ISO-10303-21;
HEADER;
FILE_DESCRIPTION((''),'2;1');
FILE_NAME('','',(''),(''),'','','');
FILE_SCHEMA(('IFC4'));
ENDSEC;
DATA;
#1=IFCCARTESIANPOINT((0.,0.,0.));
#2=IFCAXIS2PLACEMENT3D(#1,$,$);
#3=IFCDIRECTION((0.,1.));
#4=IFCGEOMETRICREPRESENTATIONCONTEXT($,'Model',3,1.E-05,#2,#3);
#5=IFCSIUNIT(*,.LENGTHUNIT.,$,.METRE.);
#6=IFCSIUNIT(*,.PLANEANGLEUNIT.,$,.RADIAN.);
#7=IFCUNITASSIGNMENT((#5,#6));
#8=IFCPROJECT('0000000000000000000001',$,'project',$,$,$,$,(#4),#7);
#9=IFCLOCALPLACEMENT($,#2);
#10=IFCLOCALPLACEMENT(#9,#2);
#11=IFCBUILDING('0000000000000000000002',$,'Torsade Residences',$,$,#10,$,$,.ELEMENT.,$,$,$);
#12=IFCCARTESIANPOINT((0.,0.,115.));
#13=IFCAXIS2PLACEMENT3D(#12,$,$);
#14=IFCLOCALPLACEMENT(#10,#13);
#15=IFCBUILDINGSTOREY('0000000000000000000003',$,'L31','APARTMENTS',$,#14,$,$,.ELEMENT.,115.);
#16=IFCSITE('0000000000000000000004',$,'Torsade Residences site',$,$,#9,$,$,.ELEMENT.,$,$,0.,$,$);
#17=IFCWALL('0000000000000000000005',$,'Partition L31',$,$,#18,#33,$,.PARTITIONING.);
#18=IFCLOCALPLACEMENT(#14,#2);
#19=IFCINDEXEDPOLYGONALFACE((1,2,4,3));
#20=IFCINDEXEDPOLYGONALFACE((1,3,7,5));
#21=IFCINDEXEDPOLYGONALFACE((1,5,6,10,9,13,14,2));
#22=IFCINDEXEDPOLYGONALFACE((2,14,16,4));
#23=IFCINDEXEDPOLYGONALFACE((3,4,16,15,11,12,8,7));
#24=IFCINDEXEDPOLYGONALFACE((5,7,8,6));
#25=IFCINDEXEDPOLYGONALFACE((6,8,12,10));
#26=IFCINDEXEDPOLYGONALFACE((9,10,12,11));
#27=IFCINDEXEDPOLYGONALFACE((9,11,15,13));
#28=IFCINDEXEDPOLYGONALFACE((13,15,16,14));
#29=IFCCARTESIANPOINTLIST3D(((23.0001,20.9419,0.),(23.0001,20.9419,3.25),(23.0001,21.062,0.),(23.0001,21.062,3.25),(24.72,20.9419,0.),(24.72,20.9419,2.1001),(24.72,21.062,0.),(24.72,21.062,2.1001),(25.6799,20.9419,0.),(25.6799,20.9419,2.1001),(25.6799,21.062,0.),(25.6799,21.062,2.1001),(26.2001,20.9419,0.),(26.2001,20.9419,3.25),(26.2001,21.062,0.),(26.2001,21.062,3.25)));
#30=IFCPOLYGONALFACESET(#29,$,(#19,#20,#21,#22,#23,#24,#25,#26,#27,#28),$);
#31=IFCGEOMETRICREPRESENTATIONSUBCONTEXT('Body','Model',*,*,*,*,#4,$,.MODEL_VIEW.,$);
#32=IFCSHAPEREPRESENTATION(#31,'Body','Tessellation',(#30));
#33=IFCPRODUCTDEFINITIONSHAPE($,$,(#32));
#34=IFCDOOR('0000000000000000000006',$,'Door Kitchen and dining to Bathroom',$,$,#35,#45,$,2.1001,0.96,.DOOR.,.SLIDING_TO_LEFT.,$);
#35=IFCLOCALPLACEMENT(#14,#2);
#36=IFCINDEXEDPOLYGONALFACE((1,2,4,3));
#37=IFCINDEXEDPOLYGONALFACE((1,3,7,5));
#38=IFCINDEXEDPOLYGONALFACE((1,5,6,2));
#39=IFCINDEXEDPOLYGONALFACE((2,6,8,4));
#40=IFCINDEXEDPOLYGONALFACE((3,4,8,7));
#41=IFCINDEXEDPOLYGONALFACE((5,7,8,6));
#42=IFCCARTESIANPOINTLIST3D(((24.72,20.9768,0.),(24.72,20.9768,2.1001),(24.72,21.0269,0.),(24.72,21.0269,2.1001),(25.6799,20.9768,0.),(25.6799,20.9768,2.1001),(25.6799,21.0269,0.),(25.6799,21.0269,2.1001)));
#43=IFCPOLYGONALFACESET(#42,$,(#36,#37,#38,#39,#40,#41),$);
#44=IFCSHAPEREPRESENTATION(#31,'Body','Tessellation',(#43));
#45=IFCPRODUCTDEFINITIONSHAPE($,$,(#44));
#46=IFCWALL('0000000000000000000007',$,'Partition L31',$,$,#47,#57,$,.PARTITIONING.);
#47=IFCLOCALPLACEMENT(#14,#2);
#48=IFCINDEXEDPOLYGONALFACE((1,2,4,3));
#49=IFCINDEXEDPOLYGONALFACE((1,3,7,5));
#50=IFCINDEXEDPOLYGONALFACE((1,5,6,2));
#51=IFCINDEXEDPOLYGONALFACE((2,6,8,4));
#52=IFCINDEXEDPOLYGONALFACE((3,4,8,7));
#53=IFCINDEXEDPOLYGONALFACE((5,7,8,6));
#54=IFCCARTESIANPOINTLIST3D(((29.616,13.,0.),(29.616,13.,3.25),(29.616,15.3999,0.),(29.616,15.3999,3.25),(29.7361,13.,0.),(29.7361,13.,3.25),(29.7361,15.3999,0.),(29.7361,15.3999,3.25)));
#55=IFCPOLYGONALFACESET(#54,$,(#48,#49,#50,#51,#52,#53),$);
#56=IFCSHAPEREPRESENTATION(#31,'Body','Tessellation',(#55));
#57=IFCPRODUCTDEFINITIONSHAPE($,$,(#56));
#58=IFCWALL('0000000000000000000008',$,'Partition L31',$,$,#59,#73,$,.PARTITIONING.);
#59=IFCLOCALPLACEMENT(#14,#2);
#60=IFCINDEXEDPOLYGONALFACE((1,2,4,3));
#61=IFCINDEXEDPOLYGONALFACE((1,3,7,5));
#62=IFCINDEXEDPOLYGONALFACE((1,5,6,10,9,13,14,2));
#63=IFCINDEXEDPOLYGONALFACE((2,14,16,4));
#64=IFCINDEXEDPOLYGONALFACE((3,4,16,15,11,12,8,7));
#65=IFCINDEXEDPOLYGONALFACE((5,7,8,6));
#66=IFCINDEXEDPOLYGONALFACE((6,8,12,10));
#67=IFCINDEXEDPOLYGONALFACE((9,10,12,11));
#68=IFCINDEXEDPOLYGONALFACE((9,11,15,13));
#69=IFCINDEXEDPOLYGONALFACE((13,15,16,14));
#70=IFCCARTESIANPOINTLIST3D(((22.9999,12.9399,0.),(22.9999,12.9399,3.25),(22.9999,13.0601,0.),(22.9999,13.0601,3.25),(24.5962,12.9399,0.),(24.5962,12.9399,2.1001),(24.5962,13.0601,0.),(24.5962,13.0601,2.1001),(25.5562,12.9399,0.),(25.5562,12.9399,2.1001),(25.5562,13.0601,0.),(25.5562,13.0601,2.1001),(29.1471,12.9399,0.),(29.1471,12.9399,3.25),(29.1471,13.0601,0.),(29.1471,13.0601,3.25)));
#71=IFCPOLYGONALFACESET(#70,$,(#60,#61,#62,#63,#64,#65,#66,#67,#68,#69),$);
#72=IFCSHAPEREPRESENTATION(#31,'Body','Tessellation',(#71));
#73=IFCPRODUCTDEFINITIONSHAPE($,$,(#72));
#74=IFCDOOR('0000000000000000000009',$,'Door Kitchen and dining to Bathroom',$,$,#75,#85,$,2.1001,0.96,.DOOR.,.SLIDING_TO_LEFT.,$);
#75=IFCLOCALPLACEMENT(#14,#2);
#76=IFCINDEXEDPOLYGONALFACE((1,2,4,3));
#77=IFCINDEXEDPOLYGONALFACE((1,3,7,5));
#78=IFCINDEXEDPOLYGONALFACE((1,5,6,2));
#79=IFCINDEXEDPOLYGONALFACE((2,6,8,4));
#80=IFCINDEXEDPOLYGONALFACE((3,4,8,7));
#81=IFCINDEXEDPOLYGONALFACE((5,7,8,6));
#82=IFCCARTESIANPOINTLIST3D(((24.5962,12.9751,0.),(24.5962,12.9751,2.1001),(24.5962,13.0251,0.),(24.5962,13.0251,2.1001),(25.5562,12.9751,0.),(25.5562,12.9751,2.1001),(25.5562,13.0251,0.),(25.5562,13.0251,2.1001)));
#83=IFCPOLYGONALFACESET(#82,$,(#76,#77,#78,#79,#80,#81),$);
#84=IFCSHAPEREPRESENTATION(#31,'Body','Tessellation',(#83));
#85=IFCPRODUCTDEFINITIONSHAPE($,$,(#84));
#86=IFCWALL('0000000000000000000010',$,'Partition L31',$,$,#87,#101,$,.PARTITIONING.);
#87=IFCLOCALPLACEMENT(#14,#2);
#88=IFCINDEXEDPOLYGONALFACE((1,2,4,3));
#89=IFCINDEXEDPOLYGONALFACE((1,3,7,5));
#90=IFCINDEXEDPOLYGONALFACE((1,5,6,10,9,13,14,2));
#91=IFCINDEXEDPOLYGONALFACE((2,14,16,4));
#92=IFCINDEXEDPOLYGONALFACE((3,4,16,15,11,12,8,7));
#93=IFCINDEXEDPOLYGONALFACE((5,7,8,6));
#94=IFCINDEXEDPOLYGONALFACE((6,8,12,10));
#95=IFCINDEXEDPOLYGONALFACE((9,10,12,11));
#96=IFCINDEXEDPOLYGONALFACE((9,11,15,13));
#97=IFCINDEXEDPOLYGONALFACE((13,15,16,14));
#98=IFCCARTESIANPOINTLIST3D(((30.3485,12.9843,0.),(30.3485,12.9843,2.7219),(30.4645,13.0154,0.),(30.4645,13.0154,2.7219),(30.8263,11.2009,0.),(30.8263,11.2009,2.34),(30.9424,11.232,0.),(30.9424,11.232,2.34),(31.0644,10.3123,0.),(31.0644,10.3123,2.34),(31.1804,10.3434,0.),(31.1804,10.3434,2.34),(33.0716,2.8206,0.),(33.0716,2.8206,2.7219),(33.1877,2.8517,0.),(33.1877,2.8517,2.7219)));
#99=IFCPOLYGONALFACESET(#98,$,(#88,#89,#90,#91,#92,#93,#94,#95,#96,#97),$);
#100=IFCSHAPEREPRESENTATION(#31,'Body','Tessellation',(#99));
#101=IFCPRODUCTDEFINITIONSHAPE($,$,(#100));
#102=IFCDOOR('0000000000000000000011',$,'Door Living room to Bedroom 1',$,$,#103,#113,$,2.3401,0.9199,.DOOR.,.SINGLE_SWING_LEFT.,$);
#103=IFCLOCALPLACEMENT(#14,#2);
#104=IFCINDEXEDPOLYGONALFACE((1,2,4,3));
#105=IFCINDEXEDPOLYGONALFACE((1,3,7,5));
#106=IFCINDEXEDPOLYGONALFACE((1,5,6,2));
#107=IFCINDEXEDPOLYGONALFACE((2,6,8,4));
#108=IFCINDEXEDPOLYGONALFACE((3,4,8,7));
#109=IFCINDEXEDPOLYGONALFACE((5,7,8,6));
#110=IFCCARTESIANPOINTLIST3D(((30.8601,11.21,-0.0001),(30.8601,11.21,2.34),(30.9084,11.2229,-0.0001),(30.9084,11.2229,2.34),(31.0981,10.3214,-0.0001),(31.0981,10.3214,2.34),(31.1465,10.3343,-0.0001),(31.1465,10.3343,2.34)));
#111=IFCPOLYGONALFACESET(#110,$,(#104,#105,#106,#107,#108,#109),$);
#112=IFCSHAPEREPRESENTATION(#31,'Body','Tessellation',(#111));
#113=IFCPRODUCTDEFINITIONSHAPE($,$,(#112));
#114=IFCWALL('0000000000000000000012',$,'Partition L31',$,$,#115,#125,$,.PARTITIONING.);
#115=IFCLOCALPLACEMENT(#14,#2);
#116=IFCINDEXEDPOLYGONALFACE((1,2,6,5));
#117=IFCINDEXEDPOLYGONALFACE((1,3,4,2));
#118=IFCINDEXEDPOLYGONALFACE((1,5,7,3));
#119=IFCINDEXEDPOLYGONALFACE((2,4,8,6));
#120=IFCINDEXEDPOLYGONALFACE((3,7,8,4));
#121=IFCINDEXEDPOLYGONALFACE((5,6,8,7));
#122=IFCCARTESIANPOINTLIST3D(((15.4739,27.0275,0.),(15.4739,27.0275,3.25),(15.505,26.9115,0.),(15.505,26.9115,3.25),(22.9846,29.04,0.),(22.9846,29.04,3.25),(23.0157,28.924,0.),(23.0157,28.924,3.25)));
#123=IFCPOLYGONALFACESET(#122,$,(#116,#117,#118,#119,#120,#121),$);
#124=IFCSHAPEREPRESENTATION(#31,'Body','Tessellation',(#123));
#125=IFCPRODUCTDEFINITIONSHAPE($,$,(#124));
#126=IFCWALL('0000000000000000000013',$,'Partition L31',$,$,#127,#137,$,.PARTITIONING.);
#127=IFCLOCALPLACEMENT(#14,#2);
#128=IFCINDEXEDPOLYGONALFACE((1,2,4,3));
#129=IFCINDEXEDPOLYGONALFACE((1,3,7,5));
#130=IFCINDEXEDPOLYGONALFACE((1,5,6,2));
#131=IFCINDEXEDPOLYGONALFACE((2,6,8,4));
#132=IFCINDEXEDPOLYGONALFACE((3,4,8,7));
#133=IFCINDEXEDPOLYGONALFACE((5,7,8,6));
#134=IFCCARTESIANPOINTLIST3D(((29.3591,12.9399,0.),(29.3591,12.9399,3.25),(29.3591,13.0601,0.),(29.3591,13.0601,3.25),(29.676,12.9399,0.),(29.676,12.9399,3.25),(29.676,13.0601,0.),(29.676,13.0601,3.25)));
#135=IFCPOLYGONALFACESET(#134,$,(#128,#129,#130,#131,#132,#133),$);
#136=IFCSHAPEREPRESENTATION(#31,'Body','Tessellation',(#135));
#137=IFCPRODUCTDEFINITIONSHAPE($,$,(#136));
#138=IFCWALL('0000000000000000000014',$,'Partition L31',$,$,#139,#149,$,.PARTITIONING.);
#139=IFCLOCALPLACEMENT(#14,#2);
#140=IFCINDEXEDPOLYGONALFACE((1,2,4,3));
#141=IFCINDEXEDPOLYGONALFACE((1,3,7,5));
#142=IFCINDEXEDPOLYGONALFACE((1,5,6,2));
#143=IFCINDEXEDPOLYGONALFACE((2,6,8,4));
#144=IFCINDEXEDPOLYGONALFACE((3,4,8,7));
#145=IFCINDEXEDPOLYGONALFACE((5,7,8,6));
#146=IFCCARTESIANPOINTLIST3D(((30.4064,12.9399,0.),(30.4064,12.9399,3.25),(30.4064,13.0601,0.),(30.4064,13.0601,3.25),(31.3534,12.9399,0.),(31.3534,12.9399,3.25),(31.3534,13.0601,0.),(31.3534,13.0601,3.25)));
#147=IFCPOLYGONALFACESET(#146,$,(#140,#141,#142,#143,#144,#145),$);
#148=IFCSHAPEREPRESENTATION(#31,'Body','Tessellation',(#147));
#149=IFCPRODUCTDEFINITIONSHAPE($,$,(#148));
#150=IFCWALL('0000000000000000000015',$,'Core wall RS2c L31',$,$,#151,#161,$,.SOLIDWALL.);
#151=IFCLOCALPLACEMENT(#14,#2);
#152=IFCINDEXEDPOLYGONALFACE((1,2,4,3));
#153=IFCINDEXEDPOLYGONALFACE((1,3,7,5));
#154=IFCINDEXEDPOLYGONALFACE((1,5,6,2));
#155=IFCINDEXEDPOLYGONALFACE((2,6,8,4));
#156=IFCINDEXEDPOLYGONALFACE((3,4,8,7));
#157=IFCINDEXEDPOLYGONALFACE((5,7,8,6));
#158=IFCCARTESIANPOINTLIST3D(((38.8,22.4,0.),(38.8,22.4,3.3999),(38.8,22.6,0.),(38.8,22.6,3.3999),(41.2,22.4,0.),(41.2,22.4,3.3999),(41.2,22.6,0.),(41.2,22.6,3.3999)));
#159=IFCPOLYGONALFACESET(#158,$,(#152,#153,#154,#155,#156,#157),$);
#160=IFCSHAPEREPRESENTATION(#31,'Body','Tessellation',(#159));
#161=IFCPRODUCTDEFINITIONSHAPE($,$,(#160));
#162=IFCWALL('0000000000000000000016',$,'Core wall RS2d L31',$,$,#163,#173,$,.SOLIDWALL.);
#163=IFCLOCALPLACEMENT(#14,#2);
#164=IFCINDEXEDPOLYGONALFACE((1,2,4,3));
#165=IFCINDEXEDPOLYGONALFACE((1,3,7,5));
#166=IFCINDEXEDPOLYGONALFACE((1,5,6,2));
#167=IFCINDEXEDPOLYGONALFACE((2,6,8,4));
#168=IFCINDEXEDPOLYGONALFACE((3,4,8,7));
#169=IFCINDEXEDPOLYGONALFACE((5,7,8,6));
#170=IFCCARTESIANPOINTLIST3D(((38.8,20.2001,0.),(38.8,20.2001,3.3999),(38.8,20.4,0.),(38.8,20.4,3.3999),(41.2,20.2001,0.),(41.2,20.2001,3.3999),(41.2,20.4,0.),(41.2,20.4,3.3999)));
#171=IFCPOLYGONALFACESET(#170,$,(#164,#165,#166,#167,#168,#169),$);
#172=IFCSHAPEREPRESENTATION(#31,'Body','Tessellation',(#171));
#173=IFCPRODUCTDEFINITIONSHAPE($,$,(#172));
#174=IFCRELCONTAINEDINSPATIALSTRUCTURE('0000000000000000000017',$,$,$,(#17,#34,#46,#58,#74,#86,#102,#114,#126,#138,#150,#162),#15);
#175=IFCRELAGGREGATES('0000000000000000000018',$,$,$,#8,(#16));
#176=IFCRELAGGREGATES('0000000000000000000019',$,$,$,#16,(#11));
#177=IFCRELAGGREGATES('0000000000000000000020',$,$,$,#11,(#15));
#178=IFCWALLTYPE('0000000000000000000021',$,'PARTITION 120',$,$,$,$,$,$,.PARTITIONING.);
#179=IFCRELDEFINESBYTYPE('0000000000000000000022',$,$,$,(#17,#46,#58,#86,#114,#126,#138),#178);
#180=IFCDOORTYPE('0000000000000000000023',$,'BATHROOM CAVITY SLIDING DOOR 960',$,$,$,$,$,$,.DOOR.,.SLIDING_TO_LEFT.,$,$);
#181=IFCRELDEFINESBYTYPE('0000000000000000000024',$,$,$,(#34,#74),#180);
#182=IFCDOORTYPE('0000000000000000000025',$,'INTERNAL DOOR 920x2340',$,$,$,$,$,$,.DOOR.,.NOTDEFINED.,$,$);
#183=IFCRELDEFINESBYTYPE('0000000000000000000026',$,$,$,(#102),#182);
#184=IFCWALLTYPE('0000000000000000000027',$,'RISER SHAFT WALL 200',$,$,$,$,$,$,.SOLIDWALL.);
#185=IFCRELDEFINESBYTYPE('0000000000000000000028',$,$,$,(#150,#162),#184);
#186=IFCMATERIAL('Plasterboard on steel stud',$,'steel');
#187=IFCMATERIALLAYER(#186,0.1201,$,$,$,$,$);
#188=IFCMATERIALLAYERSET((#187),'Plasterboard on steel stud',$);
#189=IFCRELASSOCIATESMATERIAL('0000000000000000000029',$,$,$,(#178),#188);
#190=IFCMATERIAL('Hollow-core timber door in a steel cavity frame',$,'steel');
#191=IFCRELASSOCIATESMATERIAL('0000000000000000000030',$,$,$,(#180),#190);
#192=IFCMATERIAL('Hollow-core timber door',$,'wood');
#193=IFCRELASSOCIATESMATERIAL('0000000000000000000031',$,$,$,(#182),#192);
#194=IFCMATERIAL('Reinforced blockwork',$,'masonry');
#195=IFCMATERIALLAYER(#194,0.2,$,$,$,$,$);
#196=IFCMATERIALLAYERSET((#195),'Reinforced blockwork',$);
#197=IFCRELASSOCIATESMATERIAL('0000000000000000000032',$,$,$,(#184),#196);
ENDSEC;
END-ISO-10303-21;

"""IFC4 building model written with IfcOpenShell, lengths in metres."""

from ifc_helpers import new_model, si_unit, direction, frame, frame_2d, origin, place, context, subcontext, project, spatial, rectangle, extrude, material, layer, layer_set, type_object, element, fill, save


model = new_model("IFC4")

# Units and contexts
model_context = context("Model", 3, precision=1e-05, world=origin(), true_north=direction((0.0, 1.0)))
body_context = subcontext(model_context, "Body", "Model", "MODEL_VIEW")
ifc_project = project(units=[si_unit("LENGTHUNIT", "METRE"), si_unit("PLANEANGLEUNIT", "RADIAN")], contexts=[model_context])

# Site, building, storey
site_placement = place(None, origin())
site = spatial("IfcSite", under=ifc_project, at=site_placement, Name="Torsade Residences site", CompositionType="ELEMENT", RefElevation=0.0)
building_placement = place(site_placement, origin())
building = spatial("IfcBuilding", under=site, at=building_placement, Name="Torsade Residences", CompositionType="ELEMENT")
storey_placement = place(building_placement, frame((0.0, 0.0, 115.0)))
storey = spatial("IfcBuildingStorey", under=building, at=storey_placement, Name="L31", Description="APARTMENTS", CompositionType="ELEMENT", Elevation=115.0)

# Wall, opening, door
ifc_material_1 = material(Name="Plasterboard on steel stud", Category="steel")
ifc_layer_1 = layer(ifc_material_1, 0.1201)
ifc_layer_set_1 = layer_set([ifc_layer_1], Name="Plasterboard on steel stud")
wall_type_1 = type_object("IfcWallType", Name="PARTITION 120", PredefinedType="PARTITIONING", material=ifc_layer_set_1)
wall_1_placement = place(storey_placement, frame((23.0, 21.002, 0.0), z_axis=(0.0, 0.0, 1.0), x_axis=(1.0, 0.0, 0.0)))
wall_1 = element("IfcWall", 1, at=wall_1_placement, inside=storey, type_object=wall_type_1, Name="Partition L31", PredefinedType="PARTITIONING", context=body_context, shape_type="SweptSolid", body=[
    extrude(rectangle(XDim=3.2, YDim=0.1201, at=frame_2d((1.6001, 0.0))), origin(), (0.0, 0.0, 1.0), 3.25),
])
opening_1_placement = place(wall_1_placement, frame((1.72, 0.0, 0.0)))
opening_1 = element("IfcOpeningElement", 2, at=opening_1_placement, cuts=wall_1, PredefinedType="OPENING", context=body_context, shape_type="SweptSolid", body=[
    extrude(rectangle(XDim=0.96, YDim=2.1001, at=frame_2d((0.48, 1.05))), frame((0.0, 0.0701, 0.0), z_axis=(0.0, -1.0, 0.0), x_axis=(1.0, 0.0, 0.0)), (0.0, 0.0, 1.0), 0.1401),
])
ifc_material_2 = material(Name="Hollow-core timber door in a steel cavity frame", Category="steel")
door_type_1 = type_object("IfcDoorType", Name="BATHROOM CAVITY SLIDING DOOR 960", OperationType="SLIDING_TO_LEFT", PredefinedType="DOOR", material=ifc_material_2)
door_1_placement = place(opening_1_placement, origin())
door_1 = element("IfcDoor", 3, at=door_1_placement, inside=storey, type_object=door_type_1, Name="Door Kitchen and dining to Bathroom", OperationType="SLIDING_TO_LEFT", OverallHeight=2.1001, OverallWidth=0.96, PredefinedType="DOOR", context=body_context, shape_type="SweptSolid", body=[
    extrude(rectangle(XDim=0.96, YDim=2.1001, at=frame_2d((0.48, 1.05))), frame((0.0, 0.0249, 0.0), z_axis=(0.0, -1.0, 0.0), x_axis=(1.0, 0.0, 0.0)), (0.0, 0.0, 1.0), 0.05),
])
fill(opening_1, door_1)

# Wall
wall_2_placement = place(storey_placement, frame((29.676, 15.3999, 0.0), z_axis=(0.0, 0.0, 1.0), x_axis=(0.0, -1.0, 0.0)))
element("IfcWall", 4, at=wall_2_placement, inside=storey, type_object=wall_type_1, Name="Partition L31", PredefinedType="PARTITIONING", context=body_context, shape_type="SweptSolid", body=[
    extrude(rectangle(XDim=2.3999, YDim=0.1201, at=frame_2d((1.2, 0.0))), origin(), (0.0, 0.0, 1.0), 3.25),
])

# Walls, openings, doors
wall_3_placement = place(storey_placement, frame((29.1472, 13.0, 0.0), z_axis=(0.0, 0.0, 1.0), x_axis=(-1.0, 0.0, 0.0)))
wall_3 = element("IfcWall", 5, at=wall_3_placement, inside=storey, type_object=wall_type_1, Name="Partition L31", PredefinedType="PARTITIONING", context=body_context, shape_type="SweptSolid", body=[
    extrude(rectangle(XDim=6.1472, YDim=0.1201, at=frame_2d((3.0737, 0.0))), origin(), (0.0, 0.0, 1.0), 3.25),
])
opening_2_placement = place(wall_3_placement, frame((3.5911, 0.0, 0.0)))
opening_2 = element("IfcOpeningElement", 6, at=opening_2_placement, cuts=wall_3, PredefinedType="OPENING", context=body_context, shape_type="SweptSolid", body=[
    extrude(rectangle(XDim=0.96, YDim=2.1001, at=frame_2d((0.48, 1.05))), frame((0.0, 0.0701, 0.0), z_axis=(0.0, -1.0, 0.0), x_axis=(1.0, 0.0, 0.0)), (0.0, 0.0, 1.0), 0.1401),
])
door_2_placement = place(opening_2_placement, origin())
door_2 = element("IfcDoor", 7, at=door_2_placement, inside=storey, type_object=door_type_1, Name="Door Kitchen and dining to Bathroom", OperationType="SLIDING_TO_LEFT", OverallHeight=2.1001, OverallWidth=0.96, PredefinedType="DOOR", context=body_context, shape_type="SweptSolid", body=[
    extrude(rectangle(XDim=0.96, YDim=2.1001, at=frame_2d((0.48, 1.05))), frame((0.0, 0.0249, 0.0), z_axis=(0.0, -1.0, 0.0), x_axis=(1.0, 0.0, 0.0)), (0.0, 0.0, 1.0), 0.05),
])
fill(opening_2, door_2)
wall_4_placement = place(storey_placement, frame((30.4065, 13.0, 0.0), z_axis=(0.0, 0.0, 1.0), x_axis=(0.258798, -0.965932, 0.0)))
wall_4 = element("IfcWall", 8, at=wall_4_placement, inside=storey, type_object=wall_type_1, Name="Partition L31", PredefinedType="PARTITIONING", context=body_context, shape_type="SweptSolid", body=[
    extrude(rectangle(XDim=10.5222, YDim=0.1201, at=frame_2d((5.2612, 0.0))), origin(), (0.0, 0.0, 1.0), 2.7219),
])
opening_3_placement = place(wall_4_placement, frame((1.8464, 0.0, 0.0)))
opening_3 = element("IfcOpeningElement", 9, at=opening_3_placement, cuts=wall_4, PredefinedType="OPENING", context=body_context, shape_type="SweptSolid", body=[
    extrude(rectangle(XDim=0.9199, YDim=2.3401, at=frame_2d((0.46, 1.1699))), frame((0.0, 0.0701, 0.0), z_axis=(0.0, -1.0, 0.0), x_axis=(1.0, 0.0, 0.0)), (0.0, 0.0, 1.0), 0.1401),
])
ifc_material_3 = material(Name="Hollow-core timber door", Category="wood")
door_type_2 = type_object("IfcDoorType", Name="INTERNAL DOOR 920x2340", OperationType="NOTDEFINED", PredefinedType="DOOR", material=ifc_material_3)
door_3_placement = place(opening_3_placement, origin())
door_3 = element("IfcDoor", 10, at=door_3_placement, inside=storey, type_object=door_type_2, Name="Door Living room to Bedroom 1", OperationType="SINGLE_SWING_LEFT", OverallHeight=2.3401, OverallWidth=0.9199, PredefinedType="DOOR", context=body_context, shape_type="SweptSolid", body=[
    extrude(rectangle(XDim=0.9199, YDim=2.3401, at=frame_2d((0.46, 1.1699))), frame((0.0, 0.0249, 0.0), z_axis=(0.0, -1.0, 0.0), x_axis=(1.0, 0.0, 0.0)), (0.0, 0.0, 1.0), 0.05),
])
fill(opening_3, door_3)

# Walls
wall_5_placement = place(storey_placement, frame((23.0, 28.9819, 0.0), z_axis=(0.0, 0.0, 1.0), x_axis=(-0.965927, -0.258814, 0.0)))
element("IfcWall", 11, at=wall_5_placement, inside=storey, type_object=wall_type_1, Name="Partition L31", PredefinedType="PARTITIONING", context=body_context, shape_type="SweptSolid", body=[
    extrude(rectangle(XDim=7.7756, YDim=0.1201, at=frame_2d((3.8877, 0.0))), origin(), (0.0, 0.0, 1.0), 3.25),
])
wall_6_placement = place(storey_placement, frame((29.676, 13.0, 0.0), z_axis=(0.0, 0.0, 1.0), x_axis=(-1.0, 0.0, 0.0)))
element("IfcWall", 12, at=wall_6_placement, inside=storey, type_object=wall_type_1, Name="Partition L31", PredefinedType="PARTITIONING", context=body_context, shape_type="SweptSolid", body=[
    extrude(rectangle(XDim=0.3169, YDim=0.1201, at=frame_2d((0.1584, 0.0))), origin(), (0.0, 0.0, 1.0), 3.25),
])
wall_7_placement = place(storey_placement, frame((31.3535, 13.0, 0.0), z_axis=(0.0, 0.0, 1.0), x_axis=(-1.0, 0.0, 0.0)))
element("IfcWall", 13, at=wall_7_placement, inside=storey, type_object=wall_type_1, Name="Partition L31", PredefinedType="PARTITIONING", context=body_context, shape_type="SweptSolid", body=[
    extrude(rectangle(XDim=0.947, YDim=0.1201, at=frame_2d((0.4736, 0.0))), origin(), (0.0, 0.0, 1.0), 3.25),
])
ifc_material_4 = material(Name="Reinforced blockwork", Category="masonry")
ifc_layer_2 = layer(ifc_material_4, 0.2)
ifc_layer_set_2 = layer_set([ifc_layer_2], Name="Reinforced blockwork")
wall_type_2 = type_object("IfcWallType", Name="RISER SHAFT WALL 200", PredefinedType="SOLIDWALL", material=ifc_layer_set_2)
for number, where, z_axis, x_axis, name in (
    (14, (38.8, 22.5, 0.0), (0.0, 0.0, 1.0), (1.0, 0.0, 0.0), "Core wall RS2c L31"),
    (15, (38.8, 20.3, 0.0), (0.0, 0.0, 1.0), (1.0, 0.0, 0.0), "Core wall RS2d L31"),
):
    element("IfcWall", number, at=place(storey_placement, frame(where, z_axis=z_axis, x_axis=x_axis)), inside=storey, type_object=wall_type_2, Name=name, PredefinedType="SOLIDWALL", context=body_context, shape_type="SweptSolid", body=[
        extrude(rectangle(XDim=2.3999, YDim=0.2, at=frame_2d((1.2, 0.0))), origin(), (0.0, 0.0, 1.0), 3.3999),
    ])

save(model, "model.ifc")
